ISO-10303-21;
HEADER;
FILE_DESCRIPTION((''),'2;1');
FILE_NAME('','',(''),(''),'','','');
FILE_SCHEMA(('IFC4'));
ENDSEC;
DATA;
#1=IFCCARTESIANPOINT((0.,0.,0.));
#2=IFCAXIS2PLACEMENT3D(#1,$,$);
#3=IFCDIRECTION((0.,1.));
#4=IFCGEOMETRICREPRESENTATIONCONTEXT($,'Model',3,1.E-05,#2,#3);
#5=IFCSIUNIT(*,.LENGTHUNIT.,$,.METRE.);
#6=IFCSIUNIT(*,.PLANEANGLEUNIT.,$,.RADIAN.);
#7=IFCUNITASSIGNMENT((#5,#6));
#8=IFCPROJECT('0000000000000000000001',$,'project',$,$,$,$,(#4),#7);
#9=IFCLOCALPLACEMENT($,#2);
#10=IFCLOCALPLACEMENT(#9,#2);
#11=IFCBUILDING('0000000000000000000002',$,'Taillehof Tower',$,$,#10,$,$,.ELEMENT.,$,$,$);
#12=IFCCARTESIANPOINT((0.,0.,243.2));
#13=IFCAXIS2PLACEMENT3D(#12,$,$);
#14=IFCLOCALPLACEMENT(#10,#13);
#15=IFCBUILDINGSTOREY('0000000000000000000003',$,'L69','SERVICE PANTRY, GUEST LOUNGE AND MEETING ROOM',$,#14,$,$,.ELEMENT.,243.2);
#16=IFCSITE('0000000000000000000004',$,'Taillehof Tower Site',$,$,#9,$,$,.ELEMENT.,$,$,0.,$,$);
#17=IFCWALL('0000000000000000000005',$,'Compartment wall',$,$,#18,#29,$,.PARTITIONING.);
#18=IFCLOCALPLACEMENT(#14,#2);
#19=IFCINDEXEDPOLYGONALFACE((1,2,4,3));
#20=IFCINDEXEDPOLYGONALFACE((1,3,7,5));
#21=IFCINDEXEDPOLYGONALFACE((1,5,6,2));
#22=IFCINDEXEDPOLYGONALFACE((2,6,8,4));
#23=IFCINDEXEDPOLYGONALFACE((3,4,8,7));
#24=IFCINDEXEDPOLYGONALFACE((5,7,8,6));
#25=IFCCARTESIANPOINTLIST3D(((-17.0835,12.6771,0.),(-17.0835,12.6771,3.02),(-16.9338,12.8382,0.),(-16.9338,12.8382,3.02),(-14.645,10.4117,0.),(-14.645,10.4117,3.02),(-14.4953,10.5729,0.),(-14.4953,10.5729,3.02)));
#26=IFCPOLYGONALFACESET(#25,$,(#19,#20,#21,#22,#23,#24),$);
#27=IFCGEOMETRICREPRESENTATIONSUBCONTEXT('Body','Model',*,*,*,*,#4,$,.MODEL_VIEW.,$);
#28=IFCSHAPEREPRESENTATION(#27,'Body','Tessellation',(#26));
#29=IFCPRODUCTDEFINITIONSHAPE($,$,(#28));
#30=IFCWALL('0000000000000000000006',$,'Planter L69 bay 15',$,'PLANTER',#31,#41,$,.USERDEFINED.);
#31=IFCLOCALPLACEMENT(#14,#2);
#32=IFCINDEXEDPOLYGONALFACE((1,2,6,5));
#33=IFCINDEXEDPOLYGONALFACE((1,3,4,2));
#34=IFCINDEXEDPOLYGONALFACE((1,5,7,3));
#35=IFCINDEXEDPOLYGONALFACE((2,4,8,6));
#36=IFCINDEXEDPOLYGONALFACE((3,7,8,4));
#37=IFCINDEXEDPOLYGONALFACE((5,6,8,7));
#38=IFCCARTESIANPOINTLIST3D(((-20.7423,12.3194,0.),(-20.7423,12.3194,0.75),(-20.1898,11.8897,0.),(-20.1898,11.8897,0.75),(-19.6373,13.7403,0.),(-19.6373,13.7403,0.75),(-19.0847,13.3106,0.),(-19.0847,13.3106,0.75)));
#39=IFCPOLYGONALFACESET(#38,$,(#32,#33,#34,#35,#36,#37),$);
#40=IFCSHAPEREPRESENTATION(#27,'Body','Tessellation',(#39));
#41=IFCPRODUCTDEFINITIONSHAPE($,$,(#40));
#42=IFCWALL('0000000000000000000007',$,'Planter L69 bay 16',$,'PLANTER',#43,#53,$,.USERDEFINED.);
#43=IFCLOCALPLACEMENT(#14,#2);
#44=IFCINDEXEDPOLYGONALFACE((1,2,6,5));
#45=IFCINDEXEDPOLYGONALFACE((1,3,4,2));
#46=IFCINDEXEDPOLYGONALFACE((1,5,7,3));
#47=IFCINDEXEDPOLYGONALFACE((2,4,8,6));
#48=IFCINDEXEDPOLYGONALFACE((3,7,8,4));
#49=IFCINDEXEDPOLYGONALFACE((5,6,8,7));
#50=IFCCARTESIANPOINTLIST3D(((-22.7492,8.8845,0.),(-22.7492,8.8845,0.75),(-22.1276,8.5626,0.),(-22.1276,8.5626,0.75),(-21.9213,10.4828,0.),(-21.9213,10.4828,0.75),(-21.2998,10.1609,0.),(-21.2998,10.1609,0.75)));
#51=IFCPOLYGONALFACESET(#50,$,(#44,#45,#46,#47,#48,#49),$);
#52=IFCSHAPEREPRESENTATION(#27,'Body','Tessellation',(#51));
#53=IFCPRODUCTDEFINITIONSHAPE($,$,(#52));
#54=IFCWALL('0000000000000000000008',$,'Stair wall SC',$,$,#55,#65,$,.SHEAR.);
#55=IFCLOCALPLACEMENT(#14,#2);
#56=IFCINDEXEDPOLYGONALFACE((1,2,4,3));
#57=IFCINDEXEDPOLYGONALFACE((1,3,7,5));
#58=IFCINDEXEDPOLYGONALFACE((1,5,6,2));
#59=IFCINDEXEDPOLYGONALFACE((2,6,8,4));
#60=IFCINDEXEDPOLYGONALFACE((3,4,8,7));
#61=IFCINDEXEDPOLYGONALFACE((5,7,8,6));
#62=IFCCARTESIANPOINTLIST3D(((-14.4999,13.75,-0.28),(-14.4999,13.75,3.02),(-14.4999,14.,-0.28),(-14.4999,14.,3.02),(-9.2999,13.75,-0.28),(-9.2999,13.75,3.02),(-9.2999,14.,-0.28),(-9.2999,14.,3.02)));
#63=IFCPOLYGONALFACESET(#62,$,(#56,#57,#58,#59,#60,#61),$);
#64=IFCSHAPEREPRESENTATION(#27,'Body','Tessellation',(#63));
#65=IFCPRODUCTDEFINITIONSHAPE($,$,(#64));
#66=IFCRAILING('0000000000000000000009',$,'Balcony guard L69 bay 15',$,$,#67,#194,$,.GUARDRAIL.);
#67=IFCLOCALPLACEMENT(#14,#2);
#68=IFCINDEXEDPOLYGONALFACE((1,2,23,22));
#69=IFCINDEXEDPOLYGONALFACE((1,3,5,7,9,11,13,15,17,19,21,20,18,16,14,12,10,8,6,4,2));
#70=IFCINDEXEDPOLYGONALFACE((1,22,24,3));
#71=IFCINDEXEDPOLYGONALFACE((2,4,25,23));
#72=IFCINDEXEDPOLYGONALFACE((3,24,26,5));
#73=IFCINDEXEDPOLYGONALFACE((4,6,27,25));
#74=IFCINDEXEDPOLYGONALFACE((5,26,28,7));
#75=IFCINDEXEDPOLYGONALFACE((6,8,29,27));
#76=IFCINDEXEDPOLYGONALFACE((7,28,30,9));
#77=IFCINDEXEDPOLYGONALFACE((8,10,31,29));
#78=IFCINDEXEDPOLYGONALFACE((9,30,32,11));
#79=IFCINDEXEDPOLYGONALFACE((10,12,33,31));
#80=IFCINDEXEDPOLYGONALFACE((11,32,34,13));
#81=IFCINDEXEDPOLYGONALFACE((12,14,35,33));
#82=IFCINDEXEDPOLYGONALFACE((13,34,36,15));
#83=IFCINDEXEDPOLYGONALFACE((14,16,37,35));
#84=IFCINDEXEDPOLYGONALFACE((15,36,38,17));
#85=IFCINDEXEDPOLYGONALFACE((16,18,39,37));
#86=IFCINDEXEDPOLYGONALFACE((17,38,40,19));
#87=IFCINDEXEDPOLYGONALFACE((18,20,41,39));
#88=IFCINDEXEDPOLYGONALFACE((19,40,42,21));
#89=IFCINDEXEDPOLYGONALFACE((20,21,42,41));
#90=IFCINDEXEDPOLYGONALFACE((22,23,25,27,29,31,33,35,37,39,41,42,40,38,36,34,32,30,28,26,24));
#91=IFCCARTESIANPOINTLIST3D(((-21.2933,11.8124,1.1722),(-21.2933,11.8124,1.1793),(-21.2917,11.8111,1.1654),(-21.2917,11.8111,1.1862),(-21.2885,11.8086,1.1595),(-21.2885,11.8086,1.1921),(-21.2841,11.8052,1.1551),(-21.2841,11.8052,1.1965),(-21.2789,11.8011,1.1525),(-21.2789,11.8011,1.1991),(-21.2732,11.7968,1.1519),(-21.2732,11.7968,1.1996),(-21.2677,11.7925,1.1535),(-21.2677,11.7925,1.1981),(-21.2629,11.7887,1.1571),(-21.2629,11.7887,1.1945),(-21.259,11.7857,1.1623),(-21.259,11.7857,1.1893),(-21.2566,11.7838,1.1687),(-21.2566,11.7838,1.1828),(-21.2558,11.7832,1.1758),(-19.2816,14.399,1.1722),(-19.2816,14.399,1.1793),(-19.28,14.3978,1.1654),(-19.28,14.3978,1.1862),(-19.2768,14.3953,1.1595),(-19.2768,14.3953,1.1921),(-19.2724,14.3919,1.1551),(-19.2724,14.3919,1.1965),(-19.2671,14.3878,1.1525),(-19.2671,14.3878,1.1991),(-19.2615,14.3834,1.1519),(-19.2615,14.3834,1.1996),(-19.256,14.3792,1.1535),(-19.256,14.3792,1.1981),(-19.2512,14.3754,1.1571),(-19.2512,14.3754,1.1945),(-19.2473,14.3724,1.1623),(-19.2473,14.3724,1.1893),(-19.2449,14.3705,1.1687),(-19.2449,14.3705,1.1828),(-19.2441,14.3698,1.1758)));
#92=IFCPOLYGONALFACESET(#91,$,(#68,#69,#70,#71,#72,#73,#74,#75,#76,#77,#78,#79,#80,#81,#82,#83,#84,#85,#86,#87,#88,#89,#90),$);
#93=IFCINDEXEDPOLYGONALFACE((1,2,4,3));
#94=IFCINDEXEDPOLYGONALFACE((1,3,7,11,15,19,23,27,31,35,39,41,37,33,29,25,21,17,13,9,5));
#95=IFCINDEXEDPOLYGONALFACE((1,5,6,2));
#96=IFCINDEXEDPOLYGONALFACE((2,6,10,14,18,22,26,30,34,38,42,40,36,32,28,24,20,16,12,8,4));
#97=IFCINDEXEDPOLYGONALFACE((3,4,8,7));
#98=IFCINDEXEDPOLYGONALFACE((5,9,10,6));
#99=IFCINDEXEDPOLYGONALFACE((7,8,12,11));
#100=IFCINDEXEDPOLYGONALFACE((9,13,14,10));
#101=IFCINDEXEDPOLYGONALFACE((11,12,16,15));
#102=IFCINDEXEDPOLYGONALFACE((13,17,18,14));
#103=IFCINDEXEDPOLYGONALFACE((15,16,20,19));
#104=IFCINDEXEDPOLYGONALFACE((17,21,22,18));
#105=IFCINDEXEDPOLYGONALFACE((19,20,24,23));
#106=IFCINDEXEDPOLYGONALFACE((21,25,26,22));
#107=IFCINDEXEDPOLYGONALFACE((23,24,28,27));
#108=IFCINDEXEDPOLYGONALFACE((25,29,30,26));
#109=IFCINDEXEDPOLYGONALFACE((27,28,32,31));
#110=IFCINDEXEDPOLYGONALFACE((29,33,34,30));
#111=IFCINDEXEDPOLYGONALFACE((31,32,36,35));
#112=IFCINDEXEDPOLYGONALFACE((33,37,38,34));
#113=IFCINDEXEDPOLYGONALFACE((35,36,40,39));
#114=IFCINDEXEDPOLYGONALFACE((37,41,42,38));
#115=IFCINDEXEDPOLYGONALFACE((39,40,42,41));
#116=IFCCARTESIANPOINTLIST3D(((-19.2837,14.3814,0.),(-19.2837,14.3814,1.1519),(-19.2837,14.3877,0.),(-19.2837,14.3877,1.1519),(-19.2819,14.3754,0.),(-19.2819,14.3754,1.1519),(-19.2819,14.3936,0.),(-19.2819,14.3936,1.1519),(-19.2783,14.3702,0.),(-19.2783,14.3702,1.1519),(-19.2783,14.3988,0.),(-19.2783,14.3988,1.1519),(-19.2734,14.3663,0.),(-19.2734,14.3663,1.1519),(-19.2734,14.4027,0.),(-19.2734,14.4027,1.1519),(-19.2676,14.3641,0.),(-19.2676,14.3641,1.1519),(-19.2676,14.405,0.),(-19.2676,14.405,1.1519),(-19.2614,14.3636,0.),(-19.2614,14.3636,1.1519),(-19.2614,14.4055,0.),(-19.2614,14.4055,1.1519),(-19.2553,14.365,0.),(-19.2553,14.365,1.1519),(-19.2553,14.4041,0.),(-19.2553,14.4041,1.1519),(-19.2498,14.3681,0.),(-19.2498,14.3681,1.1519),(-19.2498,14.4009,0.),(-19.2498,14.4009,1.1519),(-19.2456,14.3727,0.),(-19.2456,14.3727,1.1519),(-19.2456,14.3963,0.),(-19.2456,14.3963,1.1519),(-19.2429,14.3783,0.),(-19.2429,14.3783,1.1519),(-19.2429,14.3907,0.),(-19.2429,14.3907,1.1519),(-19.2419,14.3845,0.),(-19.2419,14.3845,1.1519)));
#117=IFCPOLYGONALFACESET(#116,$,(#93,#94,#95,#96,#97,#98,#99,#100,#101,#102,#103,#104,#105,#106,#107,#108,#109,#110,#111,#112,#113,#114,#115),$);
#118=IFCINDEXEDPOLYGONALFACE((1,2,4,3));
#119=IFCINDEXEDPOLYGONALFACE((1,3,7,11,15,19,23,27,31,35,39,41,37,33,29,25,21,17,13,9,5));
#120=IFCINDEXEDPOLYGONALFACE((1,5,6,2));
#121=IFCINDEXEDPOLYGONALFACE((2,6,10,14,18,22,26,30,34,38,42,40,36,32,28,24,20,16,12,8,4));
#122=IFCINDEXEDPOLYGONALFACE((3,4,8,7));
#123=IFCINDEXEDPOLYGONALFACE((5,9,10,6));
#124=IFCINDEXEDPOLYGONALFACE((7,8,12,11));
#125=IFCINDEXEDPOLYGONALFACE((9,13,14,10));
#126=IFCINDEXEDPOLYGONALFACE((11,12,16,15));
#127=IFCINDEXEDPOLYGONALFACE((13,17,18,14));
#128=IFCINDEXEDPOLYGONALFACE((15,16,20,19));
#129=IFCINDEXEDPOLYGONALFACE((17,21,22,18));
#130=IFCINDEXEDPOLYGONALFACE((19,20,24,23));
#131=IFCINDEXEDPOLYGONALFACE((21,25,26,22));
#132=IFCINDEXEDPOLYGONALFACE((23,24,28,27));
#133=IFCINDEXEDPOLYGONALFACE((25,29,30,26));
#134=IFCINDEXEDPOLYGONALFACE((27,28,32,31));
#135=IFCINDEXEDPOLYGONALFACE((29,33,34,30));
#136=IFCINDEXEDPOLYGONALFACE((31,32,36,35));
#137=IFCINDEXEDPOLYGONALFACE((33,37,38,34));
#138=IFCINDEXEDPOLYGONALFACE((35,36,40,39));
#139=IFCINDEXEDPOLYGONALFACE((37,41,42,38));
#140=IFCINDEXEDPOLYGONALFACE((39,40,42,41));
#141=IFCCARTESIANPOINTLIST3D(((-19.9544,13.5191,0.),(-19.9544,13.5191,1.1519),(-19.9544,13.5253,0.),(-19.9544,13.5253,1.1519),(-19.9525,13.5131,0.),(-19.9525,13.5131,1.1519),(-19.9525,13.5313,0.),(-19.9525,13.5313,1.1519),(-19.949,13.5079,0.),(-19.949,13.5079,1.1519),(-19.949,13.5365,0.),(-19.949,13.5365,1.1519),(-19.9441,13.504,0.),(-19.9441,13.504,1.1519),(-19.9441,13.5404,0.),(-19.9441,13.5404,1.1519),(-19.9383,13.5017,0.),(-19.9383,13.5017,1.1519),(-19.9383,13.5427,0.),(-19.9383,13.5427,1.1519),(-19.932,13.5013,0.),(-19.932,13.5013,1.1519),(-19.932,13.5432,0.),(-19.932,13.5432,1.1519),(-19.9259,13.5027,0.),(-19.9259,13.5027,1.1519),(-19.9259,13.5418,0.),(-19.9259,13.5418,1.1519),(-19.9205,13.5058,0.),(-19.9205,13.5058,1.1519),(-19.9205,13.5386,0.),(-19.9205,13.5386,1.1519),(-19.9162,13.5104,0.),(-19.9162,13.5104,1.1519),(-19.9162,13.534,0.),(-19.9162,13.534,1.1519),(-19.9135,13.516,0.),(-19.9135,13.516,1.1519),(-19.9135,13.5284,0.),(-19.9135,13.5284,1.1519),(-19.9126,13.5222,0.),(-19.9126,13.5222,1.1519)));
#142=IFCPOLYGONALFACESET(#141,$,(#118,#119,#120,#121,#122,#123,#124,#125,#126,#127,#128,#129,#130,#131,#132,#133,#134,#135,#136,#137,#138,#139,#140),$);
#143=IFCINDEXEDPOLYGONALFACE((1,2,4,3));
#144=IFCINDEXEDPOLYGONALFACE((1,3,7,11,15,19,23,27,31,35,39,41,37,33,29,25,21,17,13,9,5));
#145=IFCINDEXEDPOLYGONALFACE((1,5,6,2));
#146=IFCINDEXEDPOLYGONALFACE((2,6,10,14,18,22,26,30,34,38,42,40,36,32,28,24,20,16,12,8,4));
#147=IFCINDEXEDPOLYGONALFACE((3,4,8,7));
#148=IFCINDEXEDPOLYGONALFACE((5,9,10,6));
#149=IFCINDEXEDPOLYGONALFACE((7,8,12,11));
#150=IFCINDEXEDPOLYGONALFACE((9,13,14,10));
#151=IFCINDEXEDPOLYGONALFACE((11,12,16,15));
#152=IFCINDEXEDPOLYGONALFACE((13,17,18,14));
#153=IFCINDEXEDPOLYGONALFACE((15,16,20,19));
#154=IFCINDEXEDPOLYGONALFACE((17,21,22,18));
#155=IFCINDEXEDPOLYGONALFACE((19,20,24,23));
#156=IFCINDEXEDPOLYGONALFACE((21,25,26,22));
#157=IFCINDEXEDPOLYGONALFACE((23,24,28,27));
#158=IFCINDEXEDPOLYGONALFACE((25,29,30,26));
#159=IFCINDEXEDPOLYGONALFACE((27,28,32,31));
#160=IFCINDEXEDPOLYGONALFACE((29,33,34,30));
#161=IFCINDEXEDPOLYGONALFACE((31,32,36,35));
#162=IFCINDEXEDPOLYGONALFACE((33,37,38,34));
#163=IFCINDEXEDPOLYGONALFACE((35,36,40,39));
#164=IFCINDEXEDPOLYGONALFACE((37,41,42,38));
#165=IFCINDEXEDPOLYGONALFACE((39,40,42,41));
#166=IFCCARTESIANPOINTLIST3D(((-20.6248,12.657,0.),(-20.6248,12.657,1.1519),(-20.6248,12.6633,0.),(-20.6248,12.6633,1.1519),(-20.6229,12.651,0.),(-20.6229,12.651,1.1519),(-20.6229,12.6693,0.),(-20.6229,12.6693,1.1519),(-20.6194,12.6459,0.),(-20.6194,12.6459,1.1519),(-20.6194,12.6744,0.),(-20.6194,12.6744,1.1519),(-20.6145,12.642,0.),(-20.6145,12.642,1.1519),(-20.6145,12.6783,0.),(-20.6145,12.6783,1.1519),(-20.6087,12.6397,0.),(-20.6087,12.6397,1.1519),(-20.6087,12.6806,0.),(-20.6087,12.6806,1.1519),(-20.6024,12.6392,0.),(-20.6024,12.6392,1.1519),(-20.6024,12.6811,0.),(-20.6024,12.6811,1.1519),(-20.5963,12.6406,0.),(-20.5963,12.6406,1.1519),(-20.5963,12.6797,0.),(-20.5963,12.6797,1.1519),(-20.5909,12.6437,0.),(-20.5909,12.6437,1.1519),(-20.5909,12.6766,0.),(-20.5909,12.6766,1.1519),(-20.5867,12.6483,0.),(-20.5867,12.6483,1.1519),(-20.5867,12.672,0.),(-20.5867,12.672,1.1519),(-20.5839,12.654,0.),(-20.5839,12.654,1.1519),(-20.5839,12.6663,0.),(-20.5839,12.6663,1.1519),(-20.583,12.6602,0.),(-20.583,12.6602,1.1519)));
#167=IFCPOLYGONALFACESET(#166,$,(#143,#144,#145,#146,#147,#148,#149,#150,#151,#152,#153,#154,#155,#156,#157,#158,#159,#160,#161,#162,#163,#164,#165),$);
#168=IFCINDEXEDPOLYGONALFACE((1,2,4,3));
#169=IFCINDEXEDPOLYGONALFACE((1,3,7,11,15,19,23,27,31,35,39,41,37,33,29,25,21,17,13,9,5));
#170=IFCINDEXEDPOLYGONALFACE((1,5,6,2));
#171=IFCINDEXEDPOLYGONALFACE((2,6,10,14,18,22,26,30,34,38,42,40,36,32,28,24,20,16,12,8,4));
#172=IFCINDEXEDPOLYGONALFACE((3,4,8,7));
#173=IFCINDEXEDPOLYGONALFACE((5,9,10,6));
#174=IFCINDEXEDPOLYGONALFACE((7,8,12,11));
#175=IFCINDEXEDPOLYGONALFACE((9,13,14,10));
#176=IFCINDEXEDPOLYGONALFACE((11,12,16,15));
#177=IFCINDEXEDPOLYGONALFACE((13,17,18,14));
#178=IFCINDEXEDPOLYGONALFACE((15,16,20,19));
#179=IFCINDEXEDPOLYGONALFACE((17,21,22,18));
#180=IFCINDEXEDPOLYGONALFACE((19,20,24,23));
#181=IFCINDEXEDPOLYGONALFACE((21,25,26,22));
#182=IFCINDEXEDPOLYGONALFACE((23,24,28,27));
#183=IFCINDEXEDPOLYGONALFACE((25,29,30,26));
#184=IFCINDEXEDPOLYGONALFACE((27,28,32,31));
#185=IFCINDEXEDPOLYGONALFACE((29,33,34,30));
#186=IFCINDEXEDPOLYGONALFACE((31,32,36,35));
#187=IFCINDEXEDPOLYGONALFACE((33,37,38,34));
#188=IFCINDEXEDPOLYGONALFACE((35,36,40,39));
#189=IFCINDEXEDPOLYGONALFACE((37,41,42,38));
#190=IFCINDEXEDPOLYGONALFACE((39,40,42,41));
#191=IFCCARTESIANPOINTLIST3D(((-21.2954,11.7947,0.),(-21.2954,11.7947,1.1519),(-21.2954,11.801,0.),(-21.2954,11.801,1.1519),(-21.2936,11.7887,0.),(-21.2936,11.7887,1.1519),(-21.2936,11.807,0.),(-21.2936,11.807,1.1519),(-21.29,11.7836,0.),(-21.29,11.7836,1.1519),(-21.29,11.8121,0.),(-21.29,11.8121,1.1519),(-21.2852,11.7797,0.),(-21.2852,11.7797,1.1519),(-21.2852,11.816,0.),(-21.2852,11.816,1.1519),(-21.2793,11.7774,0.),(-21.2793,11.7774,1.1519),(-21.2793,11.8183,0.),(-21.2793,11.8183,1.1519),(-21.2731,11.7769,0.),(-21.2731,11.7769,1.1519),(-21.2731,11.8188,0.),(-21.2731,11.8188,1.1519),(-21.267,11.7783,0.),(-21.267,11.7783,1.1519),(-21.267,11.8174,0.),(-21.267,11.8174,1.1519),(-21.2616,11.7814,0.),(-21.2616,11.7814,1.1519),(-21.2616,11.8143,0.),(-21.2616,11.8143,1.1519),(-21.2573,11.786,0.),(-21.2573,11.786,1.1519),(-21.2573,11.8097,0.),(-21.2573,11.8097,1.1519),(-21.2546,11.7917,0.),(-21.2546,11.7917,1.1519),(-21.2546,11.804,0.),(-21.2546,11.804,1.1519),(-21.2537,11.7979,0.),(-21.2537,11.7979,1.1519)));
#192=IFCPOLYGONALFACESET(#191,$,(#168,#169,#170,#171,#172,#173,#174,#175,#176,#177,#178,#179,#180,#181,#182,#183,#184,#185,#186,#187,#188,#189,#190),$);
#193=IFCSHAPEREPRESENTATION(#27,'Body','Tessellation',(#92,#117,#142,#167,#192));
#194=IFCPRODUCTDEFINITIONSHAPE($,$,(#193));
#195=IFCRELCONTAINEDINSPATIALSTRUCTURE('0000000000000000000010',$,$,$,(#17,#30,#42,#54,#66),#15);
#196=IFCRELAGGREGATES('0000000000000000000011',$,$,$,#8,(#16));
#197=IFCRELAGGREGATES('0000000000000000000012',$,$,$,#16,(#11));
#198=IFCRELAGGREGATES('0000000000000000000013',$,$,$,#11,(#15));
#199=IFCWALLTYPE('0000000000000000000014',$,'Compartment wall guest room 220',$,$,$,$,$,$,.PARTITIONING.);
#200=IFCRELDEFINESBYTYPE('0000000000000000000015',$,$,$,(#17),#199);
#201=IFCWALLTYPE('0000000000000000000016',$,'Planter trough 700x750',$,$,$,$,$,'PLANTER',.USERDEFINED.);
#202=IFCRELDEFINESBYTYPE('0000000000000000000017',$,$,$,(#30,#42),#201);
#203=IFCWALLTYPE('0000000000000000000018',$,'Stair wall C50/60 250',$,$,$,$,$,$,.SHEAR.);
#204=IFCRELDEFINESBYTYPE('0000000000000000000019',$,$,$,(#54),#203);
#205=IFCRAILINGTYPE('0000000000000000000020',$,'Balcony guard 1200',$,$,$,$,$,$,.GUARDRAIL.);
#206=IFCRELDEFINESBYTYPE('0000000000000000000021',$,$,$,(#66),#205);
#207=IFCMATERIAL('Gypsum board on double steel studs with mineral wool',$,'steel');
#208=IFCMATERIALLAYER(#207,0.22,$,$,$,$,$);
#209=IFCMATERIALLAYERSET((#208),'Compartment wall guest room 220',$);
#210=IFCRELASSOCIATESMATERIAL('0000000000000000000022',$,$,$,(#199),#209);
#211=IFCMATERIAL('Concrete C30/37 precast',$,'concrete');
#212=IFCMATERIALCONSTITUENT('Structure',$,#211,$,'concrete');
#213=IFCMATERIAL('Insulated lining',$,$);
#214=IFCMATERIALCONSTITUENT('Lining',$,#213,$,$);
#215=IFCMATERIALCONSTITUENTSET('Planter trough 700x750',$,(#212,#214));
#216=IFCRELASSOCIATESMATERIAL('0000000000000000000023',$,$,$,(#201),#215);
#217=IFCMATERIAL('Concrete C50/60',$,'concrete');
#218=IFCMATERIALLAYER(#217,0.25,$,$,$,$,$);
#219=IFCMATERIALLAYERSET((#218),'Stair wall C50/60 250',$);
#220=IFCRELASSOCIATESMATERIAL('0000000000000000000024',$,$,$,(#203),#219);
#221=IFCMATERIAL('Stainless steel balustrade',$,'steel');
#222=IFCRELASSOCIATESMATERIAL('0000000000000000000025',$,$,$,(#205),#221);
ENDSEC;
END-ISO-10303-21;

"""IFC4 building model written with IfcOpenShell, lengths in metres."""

from ifc_helpers import new_model, si_unit, direction, frame, frame_2d, origin, origin_2d, place, context, subcontext, project, spatial, rectangle, circle, extrude, material, layer, layer_set, constituent, constituent_set, type_object, element, save


model = new_model("IFC4")

# Units and contexts
model_context = context("Model", 3, precision=1e-05, world=origin(), true_north=direction((0.0, 1.0)))
body_context = subcontext(model_context, "Body", "Model", "MODEL_VIEW")
ifc_project = project(units=[si_unit("LENGTHUNIT", "METRE"), si_unit("PLANEANGLEUNIT", "RADIAN")], contexts=[model_context])

# Site, building, storey
site_placement = place(None, origin())
site = spatial("IfcSite", under=ifc_project, at=site_placement, Name="Taillehof Tower Site", CompositionType="ELEMENT", RefElevation=0.0)
building_placement = place(site_placement, origin())
building = spatial("IfcBuilding", under=site, at=building_placement, Name="Taillehof Tower", CompositionType="ELEMENT")
storey_placement = place(building_placement, frame((0.0, 0.0, 243.2)))
storey = spatial("IfcBuildingStorey", under=building, at=storey_placement, Name="L69", Description="SERVICE PANTRY, GUEST LOUNGE AND MEETING ROOM", CompositionType="ELEMENT", Elevation=243.2)

# Walls
ifc_material_1 = material(Name="Gypsum board on double steel studs with mineral wool", Category="steel")
ifc_layer_1 = layer(ifc_material_1, 0.22)
ifc_layer_set_1 = layer_set([ifc_layer_1], Name="Compartment wall guest room 220")
wall_type_1 = type_object("IfcWallType", Name="Compartment wall guest room 220", PredefinedType="PARTITIONING", material=ifc_layer_set_1)
wall_1_placement = place(storey_placement, frame((-17.0085, 12.7576, 0.0), z_axis=(0.0, 0.0, 1.0), x_axis=(0.732631, -0.680626, 0.0)))
element("IfcWall", 1, at=wall_1_placement, inside=storey, type_object=wall_type_1, Name="Compartment wall", PredefinedType="PARTITIONING", context=body_context, shape_type="SweptSolid", body=[
    extrude(rectangle(XDim=3.3284, YDim=0.22, at=frame_2d((1.6641, 0.0))), origin(), (0.0, 0.0, 1.0), 3.02),
])
ifc_material_2 = material(Name="Concrete C30/37 precast", Category="concrete")
ifc_constituent_1 = constituent(ifc_material_2, Name="Structure", Category="concrete")
ifc_material_3 = material(Name="Insulated lining")
ifc_constituent_2 = constituent(ifc_material_3, Name="Lining")
ifc_constituent_set = constituent_set(constituents=[ifc_constituent_1, ifc_constituent_2], Name="Planter trough 700x750")
wall_type_2 = type_object("IfcWallType", Name="Planter trough 700x750", ElementType="PLANTER", PredefinedType="USERDEFINED", material=ifc_constituent_set)
for number, where, z_axis, x_axis, name in (
    (2, (-19.3611, 13.5254, 0.0), (0.0, 0.0, 1.0), (-0.613884, -0.789396, 0.0), "Planter L69 bay 15"),
    (3, (-21.6106, 10.3218, 0.0), (0.0, 0.0, 1.0), (-0.459917, -0.887962, 0.0), "Planter L69 bay 16"),
):
    element("IfcWall", number, at=place(storey_placement, frame(where, z_axis=z_axis, x_axis=x_axis)), inside=storey, type_object=wall_type_2, Name=name, ObjectType="PLANTER", PredefinedType="USERDEFINED", context=body_context, shape_type="SweptSolid", body=[
        extrude(rectangle(XDim=1.8, YDim=0.7, at=frame_2d((0.8999, 0.0))), origin(), (0.0, 0.0, 1.0), 0.75),
    ])
ifc_material_4 = material(Name="Concrete C50/60", Category="concrete")
ifc_layer_2 = layer(ifc_material_4, 0.25)
ifc_layer_set_2 = layer_set([ifc_layer_2], Name="Stair wall C50/60 250")
wall_type_3 = type_object("IfcWallType", Name="Stair wall C50/60 250", PredefinedType="SHEAR", material=ifc_layer_set_2)
wall_2_placement = place(storey_placement, frame((-14.5, 13.875, -0.28), z_axis=(0.0, 0.0, 1.0), x_axis=(1.0, 0.0, 0.0)))
element("IfcWall", 4, at=wall_2_placement, inside=storey, type_object=wall_type_3, Name="Stair wall SC", PredefinedType="SHEAR", context=body_context, shape_type="SweptSolid", body=[
    extrude(rectangle(XDim=5.2, YDim=0.25, at=frame_2d((2.6001, 0.0))), origin(), (0.0, 0.0, 1.0), 3.3),
])

# Railing
ifc_material_5 = material(Name="Stainless steel balustrade", Category="steel")
railing_type = type_object("IfcRailingType", Name="Balcony guard 1200", PredefinedType="GUARDRAIL", material=ifc_material_5)
railing_1_placement = place(storey_placement, frame((-19.2629, 14.3845, 0.0)))
element("IfcRailing", 5, at=railing_1_placement, inside=storey, type_object=railing_type, Name="Balcony guard L69 bay 15", PredefinedType="GUARDRAIL", context=body_context, shape_type="SweptSolid", body=[
    extrude(circle(Radius=0.0239, at=origin_2d()), frame((0.0, 0.0, 1.1758), z_axis=(-0.613915, -0.789372, 0.0), x_axis=(0.789372, -0.613915, 0.0)), (0.0, 0.0, 1.0), 3.2769),
    extrude(circle(Radius=0.021, at=origin_2d()), origin(), (0.0, 0.0, 1.0), 1.1519),
    extrude(circle(Radius=0.021, at=origin_2d()), frame((-0.6707, -0.8623, 0.0)), (0.0, 0.0, 1.0), 1.1519),
    extrude(circle(Radius=0.021, at=origin_2d()), frame((-1.3411, -1.7244, 0.0)), (0.0, 0.0, 1.0), 1.1519),
    extrude(circle(Radius=0.021, at=origin_2d()), frame((-2.0117, -2.5867, 0.0)), (0.0, 0.0, 1.0), 1.1519),
])

save(model, "model.ifc")
